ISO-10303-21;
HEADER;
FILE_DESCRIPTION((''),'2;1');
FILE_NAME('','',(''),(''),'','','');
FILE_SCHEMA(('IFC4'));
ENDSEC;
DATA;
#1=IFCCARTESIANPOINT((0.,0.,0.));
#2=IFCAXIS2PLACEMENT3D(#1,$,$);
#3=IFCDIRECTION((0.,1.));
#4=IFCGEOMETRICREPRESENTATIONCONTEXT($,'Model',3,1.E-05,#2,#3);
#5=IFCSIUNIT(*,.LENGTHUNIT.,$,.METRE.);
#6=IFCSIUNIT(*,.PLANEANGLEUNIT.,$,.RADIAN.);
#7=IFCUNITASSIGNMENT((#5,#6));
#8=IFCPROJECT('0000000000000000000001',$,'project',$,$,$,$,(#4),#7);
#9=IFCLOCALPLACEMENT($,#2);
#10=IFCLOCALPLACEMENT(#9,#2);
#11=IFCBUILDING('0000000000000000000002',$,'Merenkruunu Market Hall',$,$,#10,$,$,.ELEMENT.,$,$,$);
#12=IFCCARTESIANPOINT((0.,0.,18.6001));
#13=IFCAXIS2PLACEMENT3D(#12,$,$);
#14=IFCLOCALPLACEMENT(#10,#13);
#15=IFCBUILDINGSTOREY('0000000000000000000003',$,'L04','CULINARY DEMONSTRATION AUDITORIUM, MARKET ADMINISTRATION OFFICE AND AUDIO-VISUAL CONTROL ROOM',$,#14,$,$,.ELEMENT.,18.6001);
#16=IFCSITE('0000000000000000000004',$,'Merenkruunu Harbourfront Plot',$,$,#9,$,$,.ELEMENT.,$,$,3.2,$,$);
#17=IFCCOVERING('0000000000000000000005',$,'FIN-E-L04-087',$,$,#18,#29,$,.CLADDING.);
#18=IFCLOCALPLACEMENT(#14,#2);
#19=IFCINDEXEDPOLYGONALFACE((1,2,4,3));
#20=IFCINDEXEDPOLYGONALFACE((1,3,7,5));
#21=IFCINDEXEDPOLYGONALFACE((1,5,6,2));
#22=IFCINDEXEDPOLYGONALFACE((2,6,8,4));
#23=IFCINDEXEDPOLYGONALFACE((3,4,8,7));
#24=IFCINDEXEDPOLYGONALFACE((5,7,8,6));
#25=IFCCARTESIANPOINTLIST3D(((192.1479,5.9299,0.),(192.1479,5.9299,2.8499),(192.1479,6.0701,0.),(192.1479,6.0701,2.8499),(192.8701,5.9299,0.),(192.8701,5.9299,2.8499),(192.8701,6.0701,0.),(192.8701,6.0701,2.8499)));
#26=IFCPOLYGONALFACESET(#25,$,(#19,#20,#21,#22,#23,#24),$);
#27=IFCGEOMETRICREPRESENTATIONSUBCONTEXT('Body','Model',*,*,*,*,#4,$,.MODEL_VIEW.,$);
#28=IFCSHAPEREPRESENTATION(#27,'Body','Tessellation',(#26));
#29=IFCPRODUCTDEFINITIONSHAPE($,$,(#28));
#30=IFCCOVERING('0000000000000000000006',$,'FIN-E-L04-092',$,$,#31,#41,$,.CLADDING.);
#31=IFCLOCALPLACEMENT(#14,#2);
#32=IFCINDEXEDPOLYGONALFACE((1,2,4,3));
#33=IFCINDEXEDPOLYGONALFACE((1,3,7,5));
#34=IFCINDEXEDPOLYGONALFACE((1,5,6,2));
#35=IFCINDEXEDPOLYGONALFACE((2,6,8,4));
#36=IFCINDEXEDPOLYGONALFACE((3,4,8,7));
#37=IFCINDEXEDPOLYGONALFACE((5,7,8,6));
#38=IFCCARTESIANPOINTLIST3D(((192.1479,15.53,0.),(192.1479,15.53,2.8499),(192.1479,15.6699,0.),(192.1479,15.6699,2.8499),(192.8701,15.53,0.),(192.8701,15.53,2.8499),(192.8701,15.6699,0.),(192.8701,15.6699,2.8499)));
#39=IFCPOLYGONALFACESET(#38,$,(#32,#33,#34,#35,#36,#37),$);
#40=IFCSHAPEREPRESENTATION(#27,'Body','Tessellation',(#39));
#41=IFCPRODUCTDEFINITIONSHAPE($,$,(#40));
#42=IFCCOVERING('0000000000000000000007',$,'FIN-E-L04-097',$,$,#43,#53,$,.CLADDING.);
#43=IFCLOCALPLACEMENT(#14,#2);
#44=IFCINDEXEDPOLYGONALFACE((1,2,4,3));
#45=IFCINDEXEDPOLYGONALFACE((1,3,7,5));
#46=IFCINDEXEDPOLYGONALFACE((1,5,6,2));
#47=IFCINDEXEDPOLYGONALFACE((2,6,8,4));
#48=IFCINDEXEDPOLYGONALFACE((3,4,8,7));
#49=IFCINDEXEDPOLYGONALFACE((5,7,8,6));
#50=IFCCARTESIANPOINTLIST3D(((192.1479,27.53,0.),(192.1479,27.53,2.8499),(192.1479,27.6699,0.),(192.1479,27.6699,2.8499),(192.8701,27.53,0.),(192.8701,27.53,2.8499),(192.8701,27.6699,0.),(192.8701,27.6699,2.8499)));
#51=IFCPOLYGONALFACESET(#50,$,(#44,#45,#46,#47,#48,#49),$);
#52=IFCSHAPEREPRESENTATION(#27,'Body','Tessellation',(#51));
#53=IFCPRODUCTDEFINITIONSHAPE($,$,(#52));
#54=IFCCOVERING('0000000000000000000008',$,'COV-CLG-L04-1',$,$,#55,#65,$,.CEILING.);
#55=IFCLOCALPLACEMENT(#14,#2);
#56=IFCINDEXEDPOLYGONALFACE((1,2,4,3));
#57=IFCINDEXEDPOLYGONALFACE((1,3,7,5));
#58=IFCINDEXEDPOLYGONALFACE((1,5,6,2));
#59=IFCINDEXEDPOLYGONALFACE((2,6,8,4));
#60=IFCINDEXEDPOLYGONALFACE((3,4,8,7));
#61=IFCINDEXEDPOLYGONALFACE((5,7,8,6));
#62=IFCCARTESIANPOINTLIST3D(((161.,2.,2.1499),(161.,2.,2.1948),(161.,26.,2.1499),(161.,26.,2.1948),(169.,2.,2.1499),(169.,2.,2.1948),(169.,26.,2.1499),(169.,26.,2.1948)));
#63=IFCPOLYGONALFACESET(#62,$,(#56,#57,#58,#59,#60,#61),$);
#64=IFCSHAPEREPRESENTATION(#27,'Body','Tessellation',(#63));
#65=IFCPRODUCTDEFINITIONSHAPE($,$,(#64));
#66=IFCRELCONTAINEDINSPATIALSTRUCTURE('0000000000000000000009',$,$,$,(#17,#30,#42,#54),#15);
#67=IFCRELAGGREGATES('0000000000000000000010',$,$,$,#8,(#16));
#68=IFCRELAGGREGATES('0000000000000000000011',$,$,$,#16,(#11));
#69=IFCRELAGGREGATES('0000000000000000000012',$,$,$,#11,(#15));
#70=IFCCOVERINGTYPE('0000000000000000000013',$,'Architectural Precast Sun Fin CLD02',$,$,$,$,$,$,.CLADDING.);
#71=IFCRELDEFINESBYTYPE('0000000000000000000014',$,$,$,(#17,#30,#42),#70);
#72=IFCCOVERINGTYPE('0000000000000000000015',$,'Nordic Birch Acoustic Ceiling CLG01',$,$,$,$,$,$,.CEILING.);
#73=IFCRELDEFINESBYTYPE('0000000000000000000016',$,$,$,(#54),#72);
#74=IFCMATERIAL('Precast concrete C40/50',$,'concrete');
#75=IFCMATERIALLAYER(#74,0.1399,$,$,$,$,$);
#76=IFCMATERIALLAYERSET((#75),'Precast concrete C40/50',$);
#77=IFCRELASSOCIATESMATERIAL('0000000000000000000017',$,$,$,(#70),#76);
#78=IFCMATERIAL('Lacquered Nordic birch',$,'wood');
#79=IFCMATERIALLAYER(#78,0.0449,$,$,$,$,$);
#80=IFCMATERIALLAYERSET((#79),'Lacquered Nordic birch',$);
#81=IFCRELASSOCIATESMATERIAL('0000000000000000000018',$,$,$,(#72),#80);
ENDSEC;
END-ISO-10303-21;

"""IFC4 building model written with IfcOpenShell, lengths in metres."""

from ifc_helpers import new_model, si_unit, direction, frame, origin, place, context, subcontext, project, spatial, polyline, outline, extrude, material, layer, layer_set, type_object, element, save


model = new_model("IFC4")

# Units and contexts
model_context = context("Model", 3, precision=1e-05, world=origin(), true_north=direction((0.0, 1.0)))
body_context = subcontext(model_context, "Body", "Model", "MODEL_VIEW")
ifc_project = project(units=[si_unit("LENGTHUNIT", "METRE"), si_unit("PLANEANGLEUNIT", "RADIAN")], contexts=[model_context])

# Site, building, storey
site_placement = place(None, origin())
site = spatial("IfcSite", under=ifc_project, at=site_placement, Name="Merenkruunu Harbourfront Plot", CompositionType="ELEMENT", RefElevation=3.2)
building_placement = place(site_placement, origin())
building = spatial("IfcBuilding", under=site, at=building_placement, Name="Merenkruunu Market Hall", CompositionType="ELEMENT")
storey_placement = place(building_placement, frame((0.0, 0.0, 18.6001)))
storey = spatial("IfcBuildingStorey", under=building, at=storey_placement, Name="L04", Description="CULINARY DEMONSTRATION AUDITORIUM, MARKET ADMINISTRATION OFFICE AND AUDIO-VISUAL CONTROL ROOM", CompositionType="ELEMENT", Elevation=18.6001)

# Shared definitions
ifc_material_1 = material(Name="Precast concrete C40/50", Category="concrete")

# Coverings
ifc_layer_1 = layer(ifc_material_1, 0.1399)
ifc_layer_set_1 = layer_set([ifc_layer_1], Name="Precast concrete C40/50")
covering_type_1 = type_object("IfcCoveringType", Name="Architectural Precast Sun Fin CLD02", PredefinedType="CLADDING", material=ifc_layer_set_1)
covering_1_placement = place(storey_placement, origin())
element("IfcCovering", 1, at=covering_1_placement, inside=storey, type_object=covering_type_1, Name="FIN-E-L04-087", PredefinedType="CLADDING", context=body_context, shape_type="SweptSolid", body=[
    extrude(outline(polyline([(192.1479, 5.9299), (192.8701, 5.9299), (192.8701, 6.0701), (192.1479, 6.0701), (192.1479, 5.9299)])), origin(), (0.0, 0.0, 1.0), 2.8499),
])
covering_2_placement = place(storey_placement, origin())
element("IfcCovering", 2, at=covering_2_placement, inside=storey, type_object=covering_type_1, Name="FIN-E-L04-092", PredefinedType="CLADDING", context=body_context, shape_type="SweptSolid", body=[
    extrude(outline(polyline([(192.1479, 15.53), (192.8701, 15.53), (192.8701, 15.6699), (192.1479, 15.6699), (192.1479, 15.53)])), origin(), (0.0, 0.0, 1.0), 2.8499),
])
covering_3_placement = place(storey_placement, origin())
element("IfcCovering", 3, at=covering_3_placement, inside=storey, type_object=covering_type_1, Name="FIN-E-L04-097", PredefinedType="CLADDING", context=body_context, shape_type="SweptSolid", body=[
    extrude(outline(polyline([(192.1479, 27.53), (192.8701, 27.53), (192.8701, 27.6699), (192.1479, 27.6699), (192.1479, 27.53)])), origin(), (0.0, 0.0, 1.0), 2.8499),
])
ifc_material_2 = material(Name="Lacquered Nordic birch", Category="wood")
ifc_layer_2 = layer(ifc_material_2, 0.0449)
ifc_layer_set_2 = layer_set([ifc_layer_2], Name="Lacquered Nordic birch")
covering_type_2 = type_object("IfcCoveringType", Name="Nordic Birch Acoustic Ceiling CLG01", PredefinedType="CEILING", material=ifc_layer_set_2)
covering_4_placement = place(storey_placement, frame((0.0, 0.0, 2.1499)))
element("IfcCovering", 4, at=covering_4_placement, inside=storey, type_object=covering_type_2, Name="COV-CLG-L04-1", PredefinedType="CEILING", context=body_context, shape_type="SweptSolid", body=[
    extrude(outline(polyline([(161.0, 2.0), (161.0, 26.0), (169.0, 26.0), (169.0, 2.0), (161.0, 2.0)])), origin(), (0.0, 0.0, 1.0), 0.0449),
])

save(model, "model.ifc")
